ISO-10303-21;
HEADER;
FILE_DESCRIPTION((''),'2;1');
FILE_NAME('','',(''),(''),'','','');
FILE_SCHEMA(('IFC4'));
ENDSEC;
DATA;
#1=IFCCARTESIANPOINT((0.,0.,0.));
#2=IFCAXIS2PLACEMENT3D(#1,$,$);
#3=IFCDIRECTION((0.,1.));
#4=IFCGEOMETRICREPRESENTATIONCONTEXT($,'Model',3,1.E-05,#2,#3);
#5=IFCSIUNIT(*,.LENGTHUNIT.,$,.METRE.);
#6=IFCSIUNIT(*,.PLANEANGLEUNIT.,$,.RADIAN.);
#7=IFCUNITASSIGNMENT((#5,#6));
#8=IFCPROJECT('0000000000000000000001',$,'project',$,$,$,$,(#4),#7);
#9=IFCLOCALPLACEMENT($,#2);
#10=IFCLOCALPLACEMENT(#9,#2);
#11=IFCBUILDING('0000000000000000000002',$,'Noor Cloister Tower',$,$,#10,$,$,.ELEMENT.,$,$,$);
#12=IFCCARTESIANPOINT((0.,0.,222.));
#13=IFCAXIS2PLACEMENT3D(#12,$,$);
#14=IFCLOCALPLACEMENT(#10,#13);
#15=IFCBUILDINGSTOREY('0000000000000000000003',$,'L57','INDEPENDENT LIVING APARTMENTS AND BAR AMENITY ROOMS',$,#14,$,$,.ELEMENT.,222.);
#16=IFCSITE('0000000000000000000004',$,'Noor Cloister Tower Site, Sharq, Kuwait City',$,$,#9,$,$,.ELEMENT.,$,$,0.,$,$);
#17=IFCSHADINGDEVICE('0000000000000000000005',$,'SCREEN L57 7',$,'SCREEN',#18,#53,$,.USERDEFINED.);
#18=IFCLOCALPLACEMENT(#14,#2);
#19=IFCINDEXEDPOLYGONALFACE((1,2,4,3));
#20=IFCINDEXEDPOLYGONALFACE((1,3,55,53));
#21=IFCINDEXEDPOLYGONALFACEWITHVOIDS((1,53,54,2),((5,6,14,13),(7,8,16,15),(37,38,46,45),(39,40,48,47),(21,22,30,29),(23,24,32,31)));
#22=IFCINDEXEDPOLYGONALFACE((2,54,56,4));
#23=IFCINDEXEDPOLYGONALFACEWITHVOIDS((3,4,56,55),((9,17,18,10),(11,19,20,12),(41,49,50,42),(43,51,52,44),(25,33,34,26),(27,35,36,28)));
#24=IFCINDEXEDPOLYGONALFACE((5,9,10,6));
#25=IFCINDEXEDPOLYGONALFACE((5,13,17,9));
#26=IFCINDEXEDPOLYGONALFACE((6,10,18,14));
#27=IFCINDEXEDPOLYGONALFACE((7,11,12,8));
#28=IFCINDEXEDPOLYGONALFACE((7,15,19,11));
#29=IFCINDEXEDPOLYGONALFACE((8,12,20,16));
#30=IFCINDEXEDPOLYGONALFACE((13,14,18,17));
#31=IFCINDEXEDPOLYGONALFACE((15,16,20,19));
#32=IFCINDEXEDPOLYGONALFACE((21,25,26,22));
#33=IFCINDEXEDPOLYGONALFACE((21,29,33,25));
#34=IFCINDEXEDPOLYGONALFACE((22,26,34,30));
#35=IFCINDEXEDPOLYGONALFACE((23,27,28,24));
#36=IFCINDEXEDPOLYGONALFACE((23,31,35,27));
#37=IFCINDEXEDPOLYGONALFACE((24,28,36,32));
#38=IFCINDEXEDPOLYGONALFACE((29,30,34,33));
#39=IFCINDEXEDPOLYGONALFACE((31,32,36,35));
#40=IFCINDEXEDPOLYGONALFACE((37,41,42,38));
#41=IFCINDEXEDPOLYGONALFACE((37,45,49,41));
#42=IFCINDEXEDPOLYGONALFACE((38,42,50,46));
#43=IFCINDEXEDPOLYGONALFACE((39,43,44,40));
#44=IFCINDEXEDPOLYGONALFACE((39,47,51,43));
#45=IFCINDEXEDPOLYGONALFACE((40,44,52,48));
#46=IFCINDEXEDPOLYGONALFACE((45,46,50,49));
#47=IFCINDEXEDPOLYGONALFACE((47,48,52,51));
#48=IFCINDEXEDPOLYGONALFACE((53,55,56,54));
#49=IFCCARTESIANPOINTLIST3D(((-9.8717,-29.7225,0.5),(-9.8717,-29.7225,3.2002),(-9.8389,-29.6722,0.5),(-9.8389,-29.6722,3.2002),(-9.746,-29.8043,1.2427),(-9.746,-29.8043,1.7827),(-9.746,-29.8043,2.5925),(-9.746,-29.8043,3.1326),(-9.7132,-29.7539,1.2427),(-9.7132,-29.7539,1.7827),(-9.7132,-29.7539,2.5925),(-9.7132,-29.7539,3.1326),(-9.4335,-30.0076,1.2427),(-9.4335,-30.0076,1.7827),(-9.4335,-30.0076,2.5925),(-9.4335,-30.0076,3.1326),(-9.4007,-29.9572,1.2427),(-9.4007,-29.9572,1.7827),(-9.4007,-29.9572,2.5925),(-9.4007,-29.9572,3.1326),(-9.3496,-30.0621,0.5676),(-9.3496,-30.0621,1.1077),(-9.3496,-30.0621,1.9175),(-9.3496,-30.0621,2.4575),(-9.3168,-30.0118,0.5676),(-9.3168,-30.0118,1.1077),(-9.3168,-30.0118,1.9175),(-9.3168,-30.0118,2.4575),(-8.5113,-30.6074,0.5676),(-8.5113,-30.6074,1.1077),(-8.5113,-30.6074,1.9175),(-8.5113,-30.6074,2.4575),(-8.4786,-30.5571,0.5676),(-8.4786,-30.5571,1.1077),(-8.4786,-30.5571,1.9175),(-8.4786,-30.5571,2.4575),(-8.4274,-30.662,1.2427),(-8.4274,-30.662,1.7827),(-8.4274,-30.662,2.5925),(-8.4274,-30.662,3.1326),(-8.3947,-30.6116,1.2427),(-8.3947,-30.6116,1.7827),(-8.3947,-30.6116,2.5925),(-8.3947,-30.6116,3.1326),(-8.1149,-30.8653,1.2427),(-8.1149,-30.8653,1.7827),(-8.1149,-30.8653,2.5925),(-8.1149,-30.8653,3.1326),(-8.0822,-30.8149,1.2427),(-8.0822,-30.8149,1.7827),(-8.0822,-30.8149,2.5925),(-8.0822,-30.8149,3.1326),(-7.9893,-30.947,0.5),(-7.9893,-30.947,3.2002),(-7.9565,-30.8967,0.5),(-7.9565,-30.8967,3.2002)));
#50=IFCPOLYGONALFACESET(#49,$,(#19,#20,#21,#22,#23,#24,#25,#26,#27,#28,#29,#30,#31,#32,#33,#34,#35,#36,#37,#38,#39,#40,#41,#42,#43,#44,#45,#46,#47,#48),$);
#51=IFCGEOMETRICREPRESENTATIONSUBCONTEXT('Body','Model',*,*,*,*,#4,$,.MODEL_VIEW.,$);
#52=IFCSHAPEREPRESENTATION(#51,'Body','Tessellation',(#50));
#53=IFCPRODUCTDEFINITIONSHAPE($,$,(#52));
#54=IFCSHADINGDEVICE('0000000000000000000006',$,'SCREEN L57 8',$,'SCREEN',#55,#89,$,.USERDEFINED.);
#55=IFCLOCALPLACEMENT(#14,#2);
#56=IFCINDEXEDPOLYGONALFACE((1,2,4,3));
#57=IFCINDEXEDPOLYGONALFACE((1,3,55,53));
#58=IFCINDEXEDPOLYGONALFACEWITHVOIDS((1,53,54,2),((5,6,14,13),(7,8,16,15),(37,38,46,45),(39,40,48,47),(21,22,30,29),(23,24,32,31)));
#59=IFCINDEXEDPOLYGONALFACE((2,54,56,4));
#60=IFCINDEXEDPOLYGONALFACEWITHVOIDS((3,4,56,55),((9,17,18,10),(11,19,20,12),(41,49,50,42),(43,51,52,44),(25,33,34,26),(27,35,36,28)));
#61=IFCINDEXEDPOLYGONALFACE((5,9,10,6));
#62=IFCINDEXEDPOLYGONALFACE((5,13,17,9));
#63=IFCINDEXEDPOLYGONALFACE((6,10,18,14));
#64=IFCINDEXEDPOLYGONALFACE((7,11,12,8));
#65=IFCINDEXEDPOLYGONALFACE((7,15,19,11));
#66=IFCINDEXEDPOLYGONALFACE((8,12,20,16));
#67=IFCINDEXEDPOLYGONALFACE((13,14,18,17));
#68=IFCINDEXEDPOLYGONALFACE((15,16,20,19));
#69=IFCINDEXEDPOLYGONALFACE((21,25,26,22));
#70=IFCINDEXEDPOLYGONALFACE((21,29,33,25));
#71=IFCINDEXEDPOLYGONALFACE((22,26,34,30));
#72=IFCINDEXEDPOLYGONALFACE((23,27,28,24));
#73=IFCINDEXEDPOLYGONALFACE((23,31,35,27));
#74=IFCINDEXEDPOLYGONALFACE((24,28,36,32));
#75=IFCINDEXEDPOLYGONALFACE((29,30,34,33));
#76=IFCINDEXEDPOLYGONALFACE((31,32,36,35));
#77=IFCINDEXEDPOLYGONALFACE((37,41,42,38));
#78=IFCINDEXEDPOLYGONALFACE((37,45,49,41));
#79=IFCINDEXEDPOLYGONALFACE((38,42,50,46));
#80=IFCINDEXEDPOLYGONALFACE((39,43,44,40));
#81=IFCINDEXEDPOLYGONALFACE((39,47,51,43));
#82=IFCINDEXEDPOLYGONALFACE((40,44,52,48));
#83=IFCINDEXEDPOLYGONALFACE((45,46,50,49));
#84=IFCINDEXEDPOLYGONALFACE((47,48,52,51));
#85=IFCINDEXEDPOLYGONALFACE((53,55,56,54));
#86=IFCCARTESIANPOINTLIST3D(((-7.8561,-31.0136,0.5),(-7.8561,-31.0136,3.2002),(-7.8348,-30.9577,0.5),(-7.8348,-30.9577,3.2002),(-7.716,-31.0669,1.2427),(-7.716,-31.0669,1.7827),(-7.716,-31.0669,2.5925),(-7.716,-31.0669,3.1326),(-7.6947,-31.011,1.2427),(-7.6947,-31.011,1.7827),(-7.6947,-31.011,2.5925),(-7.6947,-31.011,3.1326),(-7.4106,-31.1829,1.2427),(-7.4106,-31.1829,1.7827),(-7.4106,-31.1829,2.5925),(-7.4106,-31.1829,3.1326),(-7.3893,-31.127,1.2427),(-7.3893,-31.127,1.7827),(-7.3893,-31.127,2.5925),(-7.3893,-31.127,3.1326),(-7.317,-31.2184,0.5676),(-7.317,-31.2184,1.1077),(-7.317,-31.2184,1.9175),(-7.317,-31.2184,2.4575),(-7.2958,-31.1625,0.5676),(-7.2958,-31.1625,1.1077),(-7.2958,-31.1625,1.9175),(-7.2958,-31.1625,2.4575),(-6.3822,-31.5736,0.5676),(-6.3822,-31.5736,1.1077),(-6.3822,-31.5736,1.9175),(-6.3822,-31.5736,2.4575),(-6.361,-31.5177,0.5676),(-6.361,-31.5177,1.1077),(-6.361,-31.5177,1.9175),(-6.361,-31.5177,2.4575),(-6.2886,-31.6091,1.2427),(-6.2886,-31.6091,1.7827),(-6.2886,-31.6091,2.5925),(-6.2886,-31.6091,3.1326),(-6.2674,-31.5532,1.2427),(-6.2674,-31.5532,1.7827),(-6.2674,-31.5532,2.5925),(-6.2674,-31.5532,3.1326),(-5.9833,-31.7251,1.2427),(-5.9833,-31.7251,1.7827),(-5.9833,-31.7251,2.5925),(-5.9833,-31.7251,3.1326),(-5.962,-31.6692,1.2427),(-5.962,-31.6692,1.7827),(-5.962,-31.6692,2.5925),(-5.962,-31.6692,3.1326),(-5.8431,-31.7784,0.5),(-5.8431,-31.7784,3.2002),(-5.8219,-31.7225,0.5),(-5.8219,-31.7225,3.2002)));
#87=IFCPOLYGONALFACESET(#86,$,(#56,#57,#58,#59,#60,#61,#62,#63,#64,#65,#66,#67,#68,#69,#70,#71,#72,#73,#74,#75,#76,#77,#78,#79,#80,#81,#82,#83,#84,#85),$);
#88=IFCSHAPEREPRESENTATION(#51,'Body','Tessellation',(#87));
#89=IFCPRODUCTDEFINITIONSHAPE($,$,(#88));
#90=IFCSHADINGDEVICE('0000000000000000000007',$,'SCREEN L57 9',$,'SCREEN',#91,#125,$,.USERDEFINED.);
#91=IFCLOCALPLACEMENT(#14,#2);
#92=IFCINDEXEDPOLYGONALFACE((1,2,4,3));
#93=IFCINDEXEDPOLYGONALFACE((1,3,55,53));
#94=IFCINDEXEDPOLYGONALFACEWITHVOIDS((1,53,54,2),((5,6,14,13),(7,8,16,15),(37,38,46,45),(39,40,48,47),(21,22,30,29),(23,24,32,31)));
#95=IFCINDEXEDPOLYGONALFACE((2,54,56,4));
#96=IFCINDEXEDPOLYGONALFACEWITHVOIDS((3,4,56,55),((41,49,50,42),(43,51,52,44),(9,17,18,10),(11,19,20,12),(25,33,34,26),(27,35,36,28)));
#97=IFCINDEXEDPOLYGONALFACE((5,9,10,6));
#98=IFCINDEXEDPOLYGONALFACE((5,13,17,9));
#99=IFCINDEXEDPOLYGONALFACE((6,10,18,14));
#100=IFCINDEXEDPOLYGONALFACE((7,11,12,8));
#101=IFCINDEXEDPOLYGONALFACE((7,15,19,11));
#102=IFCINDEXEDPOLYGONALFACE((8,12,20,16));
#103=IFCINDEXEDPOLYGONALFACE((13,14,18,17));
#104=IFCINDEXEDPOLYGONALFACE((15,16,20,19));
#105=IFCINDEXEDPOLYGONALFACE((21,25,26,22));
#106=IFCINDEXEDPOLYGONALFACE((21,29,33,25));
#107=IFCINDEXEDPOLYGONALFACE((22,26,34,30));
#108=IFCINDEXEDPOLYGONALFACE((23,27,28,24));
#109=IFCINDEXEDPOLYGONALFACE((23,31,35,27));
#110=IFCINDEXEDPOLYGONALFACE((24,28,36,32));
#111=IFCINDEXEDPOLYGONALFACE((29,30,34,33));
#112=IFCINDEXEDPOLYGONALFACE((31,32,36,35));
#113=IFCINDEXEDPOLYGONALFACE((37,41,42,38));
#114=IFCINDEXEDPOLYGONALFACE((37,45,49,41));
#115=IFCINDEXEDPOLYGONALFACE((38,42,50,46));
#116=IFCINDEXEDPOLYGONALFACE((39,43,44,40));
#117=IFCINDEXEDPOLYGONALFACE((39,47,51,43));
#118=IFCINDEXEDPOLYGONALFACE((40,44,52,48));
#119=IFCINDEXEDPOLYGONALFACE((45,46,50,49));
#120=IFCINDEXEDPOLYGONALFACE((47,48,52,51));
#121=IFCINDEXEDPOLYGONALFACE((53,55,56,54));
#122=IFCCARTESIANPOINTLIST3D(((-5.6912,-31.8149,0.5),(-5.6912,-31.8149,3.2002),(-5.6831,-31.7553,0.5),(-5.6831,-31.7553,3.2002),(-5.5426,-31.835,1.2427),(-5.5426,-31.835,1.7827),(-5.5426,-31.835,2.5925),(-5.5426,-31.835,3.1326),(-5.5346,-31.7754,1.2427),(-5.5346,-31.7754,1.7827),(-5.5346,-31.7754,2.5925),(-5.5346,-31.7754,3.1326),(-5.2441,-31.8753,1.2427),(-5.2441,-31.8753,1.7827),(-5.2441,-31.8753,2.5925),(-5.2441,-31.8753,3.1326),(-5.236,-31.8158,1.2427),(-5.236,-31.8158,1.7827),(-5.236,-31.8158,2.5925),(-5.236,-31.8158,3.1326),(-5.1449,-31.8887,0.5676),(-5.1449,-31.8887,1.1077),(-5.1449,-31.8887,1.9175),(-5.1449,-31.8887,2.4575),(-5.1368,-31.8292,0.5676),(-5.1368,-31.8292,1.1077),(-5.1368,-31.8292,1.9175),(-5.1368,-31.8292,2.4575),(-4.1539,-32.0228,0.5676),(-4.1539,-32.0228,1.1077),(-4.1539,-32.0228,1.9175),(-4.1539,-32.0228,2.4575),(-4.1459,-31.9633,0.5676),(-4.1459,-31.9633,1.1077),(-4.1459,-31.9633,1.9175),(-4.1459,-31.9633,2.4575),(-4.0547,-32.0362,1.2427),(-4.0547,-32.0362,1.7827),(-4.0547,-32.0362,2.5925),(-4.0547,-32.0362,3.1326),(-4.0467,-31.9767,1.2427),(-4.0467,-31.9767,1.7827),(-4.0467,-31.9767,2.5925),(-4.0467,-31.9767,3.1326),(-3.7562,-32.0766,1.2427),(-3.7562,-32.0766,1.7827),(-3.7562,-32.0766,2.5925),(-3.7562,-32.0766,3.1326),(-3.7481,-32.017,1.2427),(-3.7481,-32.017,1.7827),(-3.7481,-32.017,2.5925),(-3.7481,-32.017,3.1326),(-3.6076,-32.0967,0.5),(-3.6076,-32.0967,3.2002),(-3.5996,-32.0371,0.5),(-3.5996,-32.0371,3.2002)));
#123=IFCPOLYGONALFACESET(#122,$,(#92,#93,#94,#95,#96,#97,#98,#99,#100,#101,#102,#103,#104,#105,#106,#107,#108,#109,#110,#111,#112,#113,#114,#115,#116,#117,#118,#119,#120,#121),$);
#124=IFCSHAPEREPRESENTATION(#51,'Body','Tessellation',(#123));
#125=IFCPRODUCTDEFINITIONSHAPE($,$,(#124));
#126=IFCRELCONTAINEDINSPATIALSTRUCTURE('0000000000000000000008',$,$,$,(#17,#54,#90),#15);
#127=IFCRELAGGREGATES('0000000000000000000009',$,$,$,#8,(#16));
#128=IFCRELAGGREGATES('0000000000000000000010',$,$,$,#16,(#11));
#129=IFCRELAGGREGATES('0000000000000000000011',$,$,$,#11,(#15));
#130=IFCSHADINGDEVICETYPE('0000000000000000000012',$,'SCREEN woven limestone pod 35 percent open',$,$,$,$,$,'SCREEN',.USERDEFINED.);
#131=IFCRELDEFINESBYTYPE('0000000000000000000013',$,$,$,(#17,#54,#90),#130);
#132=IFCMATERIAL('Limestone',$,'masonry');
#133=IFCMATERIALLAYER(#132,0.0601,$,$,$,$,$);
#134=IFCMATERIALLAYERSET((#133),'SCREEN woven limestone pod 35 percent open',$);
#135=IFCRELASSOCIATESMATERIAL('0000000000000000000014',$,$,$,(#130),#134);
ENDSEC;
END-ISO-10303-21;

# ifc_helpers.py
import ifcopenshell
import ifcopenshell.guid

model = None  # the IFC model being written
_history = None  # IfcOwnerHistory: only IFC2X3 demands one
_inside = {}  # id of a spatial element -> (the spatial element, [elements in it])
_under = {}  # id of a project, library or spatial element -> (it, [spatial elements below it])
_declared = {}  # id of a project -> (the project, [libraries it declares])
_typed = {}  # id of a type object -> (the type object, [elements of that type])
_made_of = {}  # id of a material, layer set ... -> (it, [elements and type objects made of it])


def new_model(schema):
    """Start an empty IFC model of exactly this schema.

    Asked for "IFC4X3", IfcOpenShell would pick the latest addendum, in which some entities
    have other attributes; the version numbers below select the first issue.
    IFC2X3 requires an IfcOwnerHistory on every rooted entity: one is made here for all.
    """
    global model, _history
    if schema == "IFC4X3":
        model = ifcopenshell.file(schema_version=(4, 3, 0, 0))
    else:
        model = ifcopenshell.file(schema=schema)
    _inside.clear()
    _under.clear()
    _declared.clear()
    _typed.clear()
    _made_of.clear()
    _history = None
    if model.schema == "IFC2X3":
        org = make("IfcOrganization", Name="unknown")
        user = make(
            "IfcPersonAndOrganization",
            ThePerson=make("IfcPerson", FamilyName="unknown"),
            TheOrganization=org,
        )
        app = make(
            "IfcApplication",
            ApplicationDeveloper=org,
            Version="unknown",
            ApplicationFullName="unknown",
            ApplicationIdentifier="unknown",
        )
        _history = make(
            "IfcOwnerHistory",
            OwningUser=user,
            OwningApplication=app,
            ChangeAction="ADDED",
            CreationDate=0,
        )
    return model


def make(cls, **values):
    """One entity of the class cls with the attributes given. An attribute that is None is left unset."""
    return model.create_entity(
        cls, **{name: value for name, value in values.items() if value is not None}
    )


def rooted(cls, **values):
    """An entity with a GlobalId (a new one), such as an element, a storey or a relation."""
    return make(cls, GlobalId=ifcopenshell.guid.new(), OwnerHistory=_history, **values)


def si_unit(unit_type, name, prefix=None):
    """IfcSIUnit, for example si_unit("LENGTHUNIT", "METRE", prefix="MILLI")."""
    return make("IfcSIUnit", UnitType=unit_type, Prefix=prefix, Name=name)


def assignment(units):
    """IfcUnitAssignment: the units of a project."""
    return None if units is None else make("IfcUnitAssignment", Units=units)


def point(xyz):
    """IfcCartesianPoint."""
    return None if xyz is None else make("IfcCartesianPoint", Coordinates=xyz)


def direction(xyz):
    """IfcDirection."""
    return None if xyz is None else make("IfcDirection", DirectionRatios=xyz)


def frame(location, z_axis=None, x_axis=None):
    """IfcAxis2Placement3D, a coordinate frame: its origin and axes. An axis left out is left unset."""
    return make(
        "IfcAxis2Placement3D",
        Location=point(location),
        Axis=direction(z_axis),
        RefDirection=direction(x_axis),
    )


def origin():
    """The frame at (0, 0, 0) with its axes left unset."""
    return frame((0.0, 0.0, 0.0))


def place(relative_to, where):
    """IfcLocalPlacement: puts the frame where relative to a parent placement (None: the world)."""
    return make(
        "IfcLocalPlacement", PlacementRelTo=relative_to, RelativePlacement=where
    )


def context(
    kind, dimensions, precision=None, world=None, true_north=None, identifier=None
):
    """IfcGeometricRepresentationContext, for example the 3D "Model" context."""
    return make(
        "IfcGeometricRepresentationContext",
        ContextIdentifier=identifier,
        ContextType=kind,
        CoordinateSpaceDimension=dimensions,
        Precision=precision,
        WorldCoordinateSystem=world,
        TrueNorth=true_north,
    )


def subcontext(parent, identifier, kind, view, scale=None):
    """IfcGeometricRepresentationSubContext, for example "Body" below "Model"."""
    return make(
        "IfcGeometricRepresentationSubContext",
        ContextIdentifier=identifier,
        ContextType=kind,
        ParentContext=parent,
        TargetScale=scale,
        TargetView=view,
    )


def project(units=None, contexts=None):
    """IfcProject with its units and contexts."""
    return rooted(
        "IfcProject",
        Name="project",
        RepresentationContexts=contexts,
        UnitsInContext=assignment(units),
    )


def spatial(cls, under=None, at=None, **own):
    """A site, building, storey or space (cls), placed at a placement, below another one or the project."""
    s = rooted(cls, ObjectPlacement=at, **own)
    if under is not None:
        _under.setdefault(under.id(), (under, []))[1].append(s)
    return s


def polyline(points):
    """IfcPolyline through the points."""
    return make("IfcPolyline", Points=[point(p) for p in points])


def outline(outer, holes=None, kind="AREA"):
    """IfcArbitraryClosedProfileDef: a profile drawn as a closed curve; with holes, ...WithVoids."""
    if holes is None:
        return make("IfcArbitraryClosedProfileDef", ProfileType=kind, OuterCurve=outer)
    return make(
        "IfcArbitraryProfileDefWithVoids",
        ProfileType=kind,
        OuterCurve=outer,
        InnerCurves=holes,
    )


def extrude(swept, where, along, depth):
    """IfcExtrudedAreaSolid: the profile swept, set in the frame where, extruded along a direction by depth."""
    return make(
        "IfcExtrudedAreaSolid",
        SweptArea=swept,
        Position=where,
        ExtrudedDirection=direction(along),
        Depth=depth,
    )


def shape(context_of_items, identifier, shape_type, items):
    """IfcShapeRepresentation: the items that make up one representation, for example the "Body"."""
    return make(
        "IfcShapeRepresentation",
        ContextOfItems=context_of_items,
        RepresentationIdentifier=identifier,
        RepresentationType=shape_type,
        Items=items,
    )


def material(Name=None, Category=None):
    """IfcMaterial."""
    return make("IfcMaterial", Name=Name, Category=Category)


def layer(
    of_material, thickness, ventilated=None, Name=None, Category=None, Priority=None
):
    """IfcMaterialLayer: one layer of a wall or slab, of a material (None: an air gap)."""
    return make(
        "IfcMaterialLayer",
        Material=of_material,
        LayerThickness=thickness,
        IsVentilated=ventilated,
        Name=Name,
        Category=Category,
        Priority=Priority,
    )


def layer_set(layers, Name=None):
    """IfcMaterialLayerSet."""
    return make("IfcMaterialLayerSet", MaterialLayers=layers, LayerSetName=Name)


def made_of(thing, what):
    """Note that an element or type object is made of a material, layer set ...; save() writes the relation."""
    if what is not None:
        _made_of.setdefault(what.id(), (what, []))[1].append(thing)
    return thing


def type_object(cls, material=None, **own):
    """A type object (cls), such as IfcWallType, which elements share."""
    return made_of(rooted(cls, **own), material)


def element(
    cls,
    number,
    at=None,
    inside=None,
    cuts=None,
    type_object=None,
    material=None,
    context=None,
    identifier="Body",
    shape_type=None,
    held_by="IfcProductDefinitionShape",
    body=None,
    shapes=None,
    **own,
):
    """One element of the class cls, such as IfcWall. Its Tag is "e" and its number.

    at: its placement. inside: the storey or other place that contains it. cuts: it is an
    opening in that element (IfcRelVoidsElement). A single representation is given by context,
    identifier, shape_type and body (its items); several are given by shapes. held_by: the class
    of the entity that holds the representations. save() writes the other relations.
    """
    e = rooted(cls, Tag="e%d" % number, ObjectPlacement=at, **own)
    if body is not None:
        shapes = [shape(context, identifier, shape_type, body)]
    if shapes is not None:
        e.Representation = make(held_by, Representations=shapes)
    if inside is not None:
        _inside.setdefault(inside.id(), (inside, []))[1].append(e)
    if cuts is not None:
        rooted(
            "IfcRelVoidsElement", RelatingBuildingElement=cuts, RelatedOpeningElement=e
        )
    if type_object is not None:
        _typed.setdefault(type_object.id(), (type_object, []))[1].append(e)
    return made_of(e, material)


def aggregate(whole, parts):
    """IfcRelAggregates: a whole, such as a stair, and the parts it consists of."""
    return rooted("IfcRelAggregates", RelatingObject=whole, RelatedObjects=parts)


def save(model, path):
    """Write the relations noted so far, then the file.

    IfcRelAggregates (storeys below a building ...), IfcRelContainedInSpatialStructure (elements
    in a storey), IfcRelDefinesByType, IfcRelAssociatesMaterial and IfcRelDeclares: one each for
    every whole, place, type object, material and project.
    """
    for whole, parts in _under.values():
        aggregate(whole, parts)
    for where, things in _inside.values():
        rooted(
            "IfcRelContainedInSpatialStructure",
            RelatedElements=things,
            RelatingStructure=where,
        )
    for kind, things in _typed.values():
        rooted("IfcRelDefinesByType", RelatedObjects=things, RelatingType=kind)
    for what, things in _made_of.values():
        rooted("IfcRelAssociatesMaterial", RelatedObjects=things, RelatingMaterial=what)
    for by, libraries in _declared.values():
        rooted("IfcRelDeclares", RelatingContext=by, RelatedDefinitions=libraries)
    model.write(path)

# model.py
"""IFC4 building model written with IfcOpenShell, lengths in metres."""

from ifc_helpers import new_model, si_unit, direction, frame, origin, place, context, subcontext, project, spatial, polyline, outline, extrude, material, layer, layer_set, type_object, element, save


model = new_model("IFC4")

# Units and contexts
model_context = context("Model", 3, precision=1e-05, world=origin(), true_north=direction((0.0, 1.0)))
body_context = subcontext(model_context, "Body", "Model", "MODEL_VIEW")
ifc_project = project(units=[si_unit("LENGTHUNIT", "METRE"), si_unit("PLANEANGLEUNIT", "RADIAN")], contexts=[model_context])

# Site, building, storey
site_placement = place(None, origin())
site = spatial("IfcSite", under=ifc_project, at=site_placement, Name="Noor Cloister Tower Site, Sharq, Kuwait City", CompositionType="ELEMENT", RefElevation=0.0)
building_placement = place(site_placement, origin())
building = spatial("IfcBuilding", under=site, at=building_placement, Name="Noor Cloister Tower", CompositionType="ELEMENT")
storey_placement = place(building_placement, frame((0.0, 0.0, 222.0)))
storey = spatial("IfcBuildingStorey", under=building, at=storey_placement, Name="L57", Description="INDEPENDENT LIVING APARTMENTS AND BAR AMENITY ROOMS", CompositionType="ELEMENT", Elevation=222.0)

# Shading devices
ifc_material_1 = material(Name="Limestone", Category="masonry")
ifc_layer_1 = layer(ifc_material_1, 0.0601)
ifc_layer_set_1 = layer_set([ifc_layer_1], Name="SCREEN woven limestone pod 35 percent open")
shading_device_type = type_object("IfcShadingDeviceType", Name="SCREEN woven limestone pod 35 percent open", ElementType="SCREEN", PredefinedType="USERDEFINED", material=ifc_layer_set_1)
shading_device_1_placement = place(storey_placement, frame((-8.8977, -30.2844, 1.8501), z_axis=(-0.545274, -0.838258, 0.0), x_axis=(0.838258, -0.545274, 0.0)))
element("IfcShadingDevice", 1, at=shading_device_1_placement, inside=storey, type_object=shading_device_type, Name="SCREEN L57 7", ObjectType="SCREEN", PredefinedType="USERDEFINED", context=body_context, shape_type="SweptSolid", body=[
    extrude(outline(polyline([(-1.1228, -1.3501), (1.1228, -1.3501), (1.1228, 1.3501), (-1.1228, 1.3501), (-1.1228, -1.3501)]), holes=[polyline([(-0.5, -1.2825), (0.5, -1.2825), (0.5, -0.7424), (-0.5, -0.7424), (-0.5, -1.2825)]), polyline([(0.6001, -0.6074), (0.9729, -0.6074), (0.9729, -0.0674), (0.6001, -0.0674), (0.6001, -0.6074)]), polyline([(-0.9729, -0.6074), (-0.6001, -0.6074), (-0.6001, -0.0674), (-0.9729, -0.0674), (-0.9729, -0.6074)]), polyline([(-0.5, 0.0674), (0.5, 0.0674), (0.5, 0.6074), (-0.5, 0.6074), (-0.5, 0.0674)]), polyline([(0.6001, 0.7424), (0.9729, 0.7424), (0.9729, 1.2825), (0.6001, 1.2825), (0.6001, 0.7424)]), polyline([(-0.9729, 0.7424), (-0.6001, 0.7424), (-0.6001, 1.2825), (-0.9729, 1.2825), (-0.9729, 0.7424)])]), origin(), (0.0, 0.0, 1.0), 0.0601),
])
shading_device_2_placement = place(storey_placement, frame((-6.8284, -31.3401, 1.8501), z_axis=(-0.355146, -0.934811, 0.0), x_axis=(0.934811, -0.355146, 0.0)))
element("IfcShadingDevice", 2, at=shading_device_2_placement, inside=storey, type_object=shading_device_type, Name="SCREEN L57 8", ObjectType="SCREEN", PredefinedType="USERDEFINED", context=body_context, shape_type="SweptSolid", body=[
    extrude(outline(polyline([(-1.0767, -1.3501), (1.0767, -1.3501), (1.0767, 1.3501), (-1.0767, 1.3501), (-1.0767, -1.3501)]), holes=[polyline([(-0.5, -1.2825), (0.5, -1.2825), (0.5, -0.7424), (-0.5, -0.7424), (-0.5, -1.2825)]), polyline([(0.6001, -0.6074), (0.9268, -0.6074), (0.9268, -0.0674), (0.6001, -0.0674), (0.6001, -0.6074)]), polyline([(-0.9268, -0.6074), (-0.6001, -0.6074), (-0.6001, -0.0674), (-0.9268, -0.0674), (-0.9268, -0.6074)]), polyline([(-0.5, 0.0674), (0.5, 0.0674), (0.5, 0.6074), (-0.5, 0.6074), (-0.5, 0.0674)]), polyline([(0.6001, 0.7424), (0.9268, 0.7424), (0.9268, 1.2825), (0.6001, 1.2825), (0.6001, 0.7424)]), polyline([(-0.9268, 0.7424), (-0.6001, 0.7424), (-0.6001, 1.2825), (-0.9268, 1.2825), (-0.9268, 0.7424)])]), origin(), (0.0, 0.0, 1.0), 0.0598),
])
shading_device_3_placement = place(storey_placement, frame((-4.6414, -31.8962, 1.8501), z_axis=(-0.134026, -0.990978, 0.0), x_axis=(0.990978, -0.134026, 0.0)))
element("IfcShadingDevice", 3, at=shading_device_3_placement, inside=storey, type_object=shading_device_type, Name="SCREEN L57 9", ObjectType="SCREEN", PredefinedType="USERDEFINED", context=body_context, shape_type="SweptSolid", body=[
    extrude(outline(polyline([(-1.0513, -1.3501), (1.0513, -1.3501), (1.0513, 1.3501), (-1.0513, 1.3501), (-1.0513, -1.3501)]), holes=[polyline([(-0.5, -1.2825), (0.5, -1.2825), (0.5, -0.7424), (-0.5, -0.7424), (-0.5, -1.2825)]), polyline([(0.6001, -0.6074), (0.9014, -0.6074), (0.9014, -0.0674), (0.6001, -0.0674), (0.6001, -0.6074)]), polyline([(-0.9014, -0.6074), (-0.6001, -0.6074), (-0.6001, -0.0674), (-0.9014, -0.0674), (-0.9014, -0.6074)]), polyline([(-0.5, 0.0674), (0.5, 0.0674), (0.5, 0.6074), (-0.5, 0.6074), (-0.5, 0.0674)]), polyline([(0.6001, 0.7424), (0.9014, 0.7424), (0.9014, 1.2825), (0.6001, 1.2825), (0.6001, 0.7424)]), polyline([(-0.9014, 0.7424), (-0.6001, 0.7424), (-0.6001, 1.2825), (-0.9014, 1.2825), (-0.9014, 0.7424)])]), origin(), (0.0, 0.0, 1.0), 0.0601),
])

save(model, "model.ifc")
